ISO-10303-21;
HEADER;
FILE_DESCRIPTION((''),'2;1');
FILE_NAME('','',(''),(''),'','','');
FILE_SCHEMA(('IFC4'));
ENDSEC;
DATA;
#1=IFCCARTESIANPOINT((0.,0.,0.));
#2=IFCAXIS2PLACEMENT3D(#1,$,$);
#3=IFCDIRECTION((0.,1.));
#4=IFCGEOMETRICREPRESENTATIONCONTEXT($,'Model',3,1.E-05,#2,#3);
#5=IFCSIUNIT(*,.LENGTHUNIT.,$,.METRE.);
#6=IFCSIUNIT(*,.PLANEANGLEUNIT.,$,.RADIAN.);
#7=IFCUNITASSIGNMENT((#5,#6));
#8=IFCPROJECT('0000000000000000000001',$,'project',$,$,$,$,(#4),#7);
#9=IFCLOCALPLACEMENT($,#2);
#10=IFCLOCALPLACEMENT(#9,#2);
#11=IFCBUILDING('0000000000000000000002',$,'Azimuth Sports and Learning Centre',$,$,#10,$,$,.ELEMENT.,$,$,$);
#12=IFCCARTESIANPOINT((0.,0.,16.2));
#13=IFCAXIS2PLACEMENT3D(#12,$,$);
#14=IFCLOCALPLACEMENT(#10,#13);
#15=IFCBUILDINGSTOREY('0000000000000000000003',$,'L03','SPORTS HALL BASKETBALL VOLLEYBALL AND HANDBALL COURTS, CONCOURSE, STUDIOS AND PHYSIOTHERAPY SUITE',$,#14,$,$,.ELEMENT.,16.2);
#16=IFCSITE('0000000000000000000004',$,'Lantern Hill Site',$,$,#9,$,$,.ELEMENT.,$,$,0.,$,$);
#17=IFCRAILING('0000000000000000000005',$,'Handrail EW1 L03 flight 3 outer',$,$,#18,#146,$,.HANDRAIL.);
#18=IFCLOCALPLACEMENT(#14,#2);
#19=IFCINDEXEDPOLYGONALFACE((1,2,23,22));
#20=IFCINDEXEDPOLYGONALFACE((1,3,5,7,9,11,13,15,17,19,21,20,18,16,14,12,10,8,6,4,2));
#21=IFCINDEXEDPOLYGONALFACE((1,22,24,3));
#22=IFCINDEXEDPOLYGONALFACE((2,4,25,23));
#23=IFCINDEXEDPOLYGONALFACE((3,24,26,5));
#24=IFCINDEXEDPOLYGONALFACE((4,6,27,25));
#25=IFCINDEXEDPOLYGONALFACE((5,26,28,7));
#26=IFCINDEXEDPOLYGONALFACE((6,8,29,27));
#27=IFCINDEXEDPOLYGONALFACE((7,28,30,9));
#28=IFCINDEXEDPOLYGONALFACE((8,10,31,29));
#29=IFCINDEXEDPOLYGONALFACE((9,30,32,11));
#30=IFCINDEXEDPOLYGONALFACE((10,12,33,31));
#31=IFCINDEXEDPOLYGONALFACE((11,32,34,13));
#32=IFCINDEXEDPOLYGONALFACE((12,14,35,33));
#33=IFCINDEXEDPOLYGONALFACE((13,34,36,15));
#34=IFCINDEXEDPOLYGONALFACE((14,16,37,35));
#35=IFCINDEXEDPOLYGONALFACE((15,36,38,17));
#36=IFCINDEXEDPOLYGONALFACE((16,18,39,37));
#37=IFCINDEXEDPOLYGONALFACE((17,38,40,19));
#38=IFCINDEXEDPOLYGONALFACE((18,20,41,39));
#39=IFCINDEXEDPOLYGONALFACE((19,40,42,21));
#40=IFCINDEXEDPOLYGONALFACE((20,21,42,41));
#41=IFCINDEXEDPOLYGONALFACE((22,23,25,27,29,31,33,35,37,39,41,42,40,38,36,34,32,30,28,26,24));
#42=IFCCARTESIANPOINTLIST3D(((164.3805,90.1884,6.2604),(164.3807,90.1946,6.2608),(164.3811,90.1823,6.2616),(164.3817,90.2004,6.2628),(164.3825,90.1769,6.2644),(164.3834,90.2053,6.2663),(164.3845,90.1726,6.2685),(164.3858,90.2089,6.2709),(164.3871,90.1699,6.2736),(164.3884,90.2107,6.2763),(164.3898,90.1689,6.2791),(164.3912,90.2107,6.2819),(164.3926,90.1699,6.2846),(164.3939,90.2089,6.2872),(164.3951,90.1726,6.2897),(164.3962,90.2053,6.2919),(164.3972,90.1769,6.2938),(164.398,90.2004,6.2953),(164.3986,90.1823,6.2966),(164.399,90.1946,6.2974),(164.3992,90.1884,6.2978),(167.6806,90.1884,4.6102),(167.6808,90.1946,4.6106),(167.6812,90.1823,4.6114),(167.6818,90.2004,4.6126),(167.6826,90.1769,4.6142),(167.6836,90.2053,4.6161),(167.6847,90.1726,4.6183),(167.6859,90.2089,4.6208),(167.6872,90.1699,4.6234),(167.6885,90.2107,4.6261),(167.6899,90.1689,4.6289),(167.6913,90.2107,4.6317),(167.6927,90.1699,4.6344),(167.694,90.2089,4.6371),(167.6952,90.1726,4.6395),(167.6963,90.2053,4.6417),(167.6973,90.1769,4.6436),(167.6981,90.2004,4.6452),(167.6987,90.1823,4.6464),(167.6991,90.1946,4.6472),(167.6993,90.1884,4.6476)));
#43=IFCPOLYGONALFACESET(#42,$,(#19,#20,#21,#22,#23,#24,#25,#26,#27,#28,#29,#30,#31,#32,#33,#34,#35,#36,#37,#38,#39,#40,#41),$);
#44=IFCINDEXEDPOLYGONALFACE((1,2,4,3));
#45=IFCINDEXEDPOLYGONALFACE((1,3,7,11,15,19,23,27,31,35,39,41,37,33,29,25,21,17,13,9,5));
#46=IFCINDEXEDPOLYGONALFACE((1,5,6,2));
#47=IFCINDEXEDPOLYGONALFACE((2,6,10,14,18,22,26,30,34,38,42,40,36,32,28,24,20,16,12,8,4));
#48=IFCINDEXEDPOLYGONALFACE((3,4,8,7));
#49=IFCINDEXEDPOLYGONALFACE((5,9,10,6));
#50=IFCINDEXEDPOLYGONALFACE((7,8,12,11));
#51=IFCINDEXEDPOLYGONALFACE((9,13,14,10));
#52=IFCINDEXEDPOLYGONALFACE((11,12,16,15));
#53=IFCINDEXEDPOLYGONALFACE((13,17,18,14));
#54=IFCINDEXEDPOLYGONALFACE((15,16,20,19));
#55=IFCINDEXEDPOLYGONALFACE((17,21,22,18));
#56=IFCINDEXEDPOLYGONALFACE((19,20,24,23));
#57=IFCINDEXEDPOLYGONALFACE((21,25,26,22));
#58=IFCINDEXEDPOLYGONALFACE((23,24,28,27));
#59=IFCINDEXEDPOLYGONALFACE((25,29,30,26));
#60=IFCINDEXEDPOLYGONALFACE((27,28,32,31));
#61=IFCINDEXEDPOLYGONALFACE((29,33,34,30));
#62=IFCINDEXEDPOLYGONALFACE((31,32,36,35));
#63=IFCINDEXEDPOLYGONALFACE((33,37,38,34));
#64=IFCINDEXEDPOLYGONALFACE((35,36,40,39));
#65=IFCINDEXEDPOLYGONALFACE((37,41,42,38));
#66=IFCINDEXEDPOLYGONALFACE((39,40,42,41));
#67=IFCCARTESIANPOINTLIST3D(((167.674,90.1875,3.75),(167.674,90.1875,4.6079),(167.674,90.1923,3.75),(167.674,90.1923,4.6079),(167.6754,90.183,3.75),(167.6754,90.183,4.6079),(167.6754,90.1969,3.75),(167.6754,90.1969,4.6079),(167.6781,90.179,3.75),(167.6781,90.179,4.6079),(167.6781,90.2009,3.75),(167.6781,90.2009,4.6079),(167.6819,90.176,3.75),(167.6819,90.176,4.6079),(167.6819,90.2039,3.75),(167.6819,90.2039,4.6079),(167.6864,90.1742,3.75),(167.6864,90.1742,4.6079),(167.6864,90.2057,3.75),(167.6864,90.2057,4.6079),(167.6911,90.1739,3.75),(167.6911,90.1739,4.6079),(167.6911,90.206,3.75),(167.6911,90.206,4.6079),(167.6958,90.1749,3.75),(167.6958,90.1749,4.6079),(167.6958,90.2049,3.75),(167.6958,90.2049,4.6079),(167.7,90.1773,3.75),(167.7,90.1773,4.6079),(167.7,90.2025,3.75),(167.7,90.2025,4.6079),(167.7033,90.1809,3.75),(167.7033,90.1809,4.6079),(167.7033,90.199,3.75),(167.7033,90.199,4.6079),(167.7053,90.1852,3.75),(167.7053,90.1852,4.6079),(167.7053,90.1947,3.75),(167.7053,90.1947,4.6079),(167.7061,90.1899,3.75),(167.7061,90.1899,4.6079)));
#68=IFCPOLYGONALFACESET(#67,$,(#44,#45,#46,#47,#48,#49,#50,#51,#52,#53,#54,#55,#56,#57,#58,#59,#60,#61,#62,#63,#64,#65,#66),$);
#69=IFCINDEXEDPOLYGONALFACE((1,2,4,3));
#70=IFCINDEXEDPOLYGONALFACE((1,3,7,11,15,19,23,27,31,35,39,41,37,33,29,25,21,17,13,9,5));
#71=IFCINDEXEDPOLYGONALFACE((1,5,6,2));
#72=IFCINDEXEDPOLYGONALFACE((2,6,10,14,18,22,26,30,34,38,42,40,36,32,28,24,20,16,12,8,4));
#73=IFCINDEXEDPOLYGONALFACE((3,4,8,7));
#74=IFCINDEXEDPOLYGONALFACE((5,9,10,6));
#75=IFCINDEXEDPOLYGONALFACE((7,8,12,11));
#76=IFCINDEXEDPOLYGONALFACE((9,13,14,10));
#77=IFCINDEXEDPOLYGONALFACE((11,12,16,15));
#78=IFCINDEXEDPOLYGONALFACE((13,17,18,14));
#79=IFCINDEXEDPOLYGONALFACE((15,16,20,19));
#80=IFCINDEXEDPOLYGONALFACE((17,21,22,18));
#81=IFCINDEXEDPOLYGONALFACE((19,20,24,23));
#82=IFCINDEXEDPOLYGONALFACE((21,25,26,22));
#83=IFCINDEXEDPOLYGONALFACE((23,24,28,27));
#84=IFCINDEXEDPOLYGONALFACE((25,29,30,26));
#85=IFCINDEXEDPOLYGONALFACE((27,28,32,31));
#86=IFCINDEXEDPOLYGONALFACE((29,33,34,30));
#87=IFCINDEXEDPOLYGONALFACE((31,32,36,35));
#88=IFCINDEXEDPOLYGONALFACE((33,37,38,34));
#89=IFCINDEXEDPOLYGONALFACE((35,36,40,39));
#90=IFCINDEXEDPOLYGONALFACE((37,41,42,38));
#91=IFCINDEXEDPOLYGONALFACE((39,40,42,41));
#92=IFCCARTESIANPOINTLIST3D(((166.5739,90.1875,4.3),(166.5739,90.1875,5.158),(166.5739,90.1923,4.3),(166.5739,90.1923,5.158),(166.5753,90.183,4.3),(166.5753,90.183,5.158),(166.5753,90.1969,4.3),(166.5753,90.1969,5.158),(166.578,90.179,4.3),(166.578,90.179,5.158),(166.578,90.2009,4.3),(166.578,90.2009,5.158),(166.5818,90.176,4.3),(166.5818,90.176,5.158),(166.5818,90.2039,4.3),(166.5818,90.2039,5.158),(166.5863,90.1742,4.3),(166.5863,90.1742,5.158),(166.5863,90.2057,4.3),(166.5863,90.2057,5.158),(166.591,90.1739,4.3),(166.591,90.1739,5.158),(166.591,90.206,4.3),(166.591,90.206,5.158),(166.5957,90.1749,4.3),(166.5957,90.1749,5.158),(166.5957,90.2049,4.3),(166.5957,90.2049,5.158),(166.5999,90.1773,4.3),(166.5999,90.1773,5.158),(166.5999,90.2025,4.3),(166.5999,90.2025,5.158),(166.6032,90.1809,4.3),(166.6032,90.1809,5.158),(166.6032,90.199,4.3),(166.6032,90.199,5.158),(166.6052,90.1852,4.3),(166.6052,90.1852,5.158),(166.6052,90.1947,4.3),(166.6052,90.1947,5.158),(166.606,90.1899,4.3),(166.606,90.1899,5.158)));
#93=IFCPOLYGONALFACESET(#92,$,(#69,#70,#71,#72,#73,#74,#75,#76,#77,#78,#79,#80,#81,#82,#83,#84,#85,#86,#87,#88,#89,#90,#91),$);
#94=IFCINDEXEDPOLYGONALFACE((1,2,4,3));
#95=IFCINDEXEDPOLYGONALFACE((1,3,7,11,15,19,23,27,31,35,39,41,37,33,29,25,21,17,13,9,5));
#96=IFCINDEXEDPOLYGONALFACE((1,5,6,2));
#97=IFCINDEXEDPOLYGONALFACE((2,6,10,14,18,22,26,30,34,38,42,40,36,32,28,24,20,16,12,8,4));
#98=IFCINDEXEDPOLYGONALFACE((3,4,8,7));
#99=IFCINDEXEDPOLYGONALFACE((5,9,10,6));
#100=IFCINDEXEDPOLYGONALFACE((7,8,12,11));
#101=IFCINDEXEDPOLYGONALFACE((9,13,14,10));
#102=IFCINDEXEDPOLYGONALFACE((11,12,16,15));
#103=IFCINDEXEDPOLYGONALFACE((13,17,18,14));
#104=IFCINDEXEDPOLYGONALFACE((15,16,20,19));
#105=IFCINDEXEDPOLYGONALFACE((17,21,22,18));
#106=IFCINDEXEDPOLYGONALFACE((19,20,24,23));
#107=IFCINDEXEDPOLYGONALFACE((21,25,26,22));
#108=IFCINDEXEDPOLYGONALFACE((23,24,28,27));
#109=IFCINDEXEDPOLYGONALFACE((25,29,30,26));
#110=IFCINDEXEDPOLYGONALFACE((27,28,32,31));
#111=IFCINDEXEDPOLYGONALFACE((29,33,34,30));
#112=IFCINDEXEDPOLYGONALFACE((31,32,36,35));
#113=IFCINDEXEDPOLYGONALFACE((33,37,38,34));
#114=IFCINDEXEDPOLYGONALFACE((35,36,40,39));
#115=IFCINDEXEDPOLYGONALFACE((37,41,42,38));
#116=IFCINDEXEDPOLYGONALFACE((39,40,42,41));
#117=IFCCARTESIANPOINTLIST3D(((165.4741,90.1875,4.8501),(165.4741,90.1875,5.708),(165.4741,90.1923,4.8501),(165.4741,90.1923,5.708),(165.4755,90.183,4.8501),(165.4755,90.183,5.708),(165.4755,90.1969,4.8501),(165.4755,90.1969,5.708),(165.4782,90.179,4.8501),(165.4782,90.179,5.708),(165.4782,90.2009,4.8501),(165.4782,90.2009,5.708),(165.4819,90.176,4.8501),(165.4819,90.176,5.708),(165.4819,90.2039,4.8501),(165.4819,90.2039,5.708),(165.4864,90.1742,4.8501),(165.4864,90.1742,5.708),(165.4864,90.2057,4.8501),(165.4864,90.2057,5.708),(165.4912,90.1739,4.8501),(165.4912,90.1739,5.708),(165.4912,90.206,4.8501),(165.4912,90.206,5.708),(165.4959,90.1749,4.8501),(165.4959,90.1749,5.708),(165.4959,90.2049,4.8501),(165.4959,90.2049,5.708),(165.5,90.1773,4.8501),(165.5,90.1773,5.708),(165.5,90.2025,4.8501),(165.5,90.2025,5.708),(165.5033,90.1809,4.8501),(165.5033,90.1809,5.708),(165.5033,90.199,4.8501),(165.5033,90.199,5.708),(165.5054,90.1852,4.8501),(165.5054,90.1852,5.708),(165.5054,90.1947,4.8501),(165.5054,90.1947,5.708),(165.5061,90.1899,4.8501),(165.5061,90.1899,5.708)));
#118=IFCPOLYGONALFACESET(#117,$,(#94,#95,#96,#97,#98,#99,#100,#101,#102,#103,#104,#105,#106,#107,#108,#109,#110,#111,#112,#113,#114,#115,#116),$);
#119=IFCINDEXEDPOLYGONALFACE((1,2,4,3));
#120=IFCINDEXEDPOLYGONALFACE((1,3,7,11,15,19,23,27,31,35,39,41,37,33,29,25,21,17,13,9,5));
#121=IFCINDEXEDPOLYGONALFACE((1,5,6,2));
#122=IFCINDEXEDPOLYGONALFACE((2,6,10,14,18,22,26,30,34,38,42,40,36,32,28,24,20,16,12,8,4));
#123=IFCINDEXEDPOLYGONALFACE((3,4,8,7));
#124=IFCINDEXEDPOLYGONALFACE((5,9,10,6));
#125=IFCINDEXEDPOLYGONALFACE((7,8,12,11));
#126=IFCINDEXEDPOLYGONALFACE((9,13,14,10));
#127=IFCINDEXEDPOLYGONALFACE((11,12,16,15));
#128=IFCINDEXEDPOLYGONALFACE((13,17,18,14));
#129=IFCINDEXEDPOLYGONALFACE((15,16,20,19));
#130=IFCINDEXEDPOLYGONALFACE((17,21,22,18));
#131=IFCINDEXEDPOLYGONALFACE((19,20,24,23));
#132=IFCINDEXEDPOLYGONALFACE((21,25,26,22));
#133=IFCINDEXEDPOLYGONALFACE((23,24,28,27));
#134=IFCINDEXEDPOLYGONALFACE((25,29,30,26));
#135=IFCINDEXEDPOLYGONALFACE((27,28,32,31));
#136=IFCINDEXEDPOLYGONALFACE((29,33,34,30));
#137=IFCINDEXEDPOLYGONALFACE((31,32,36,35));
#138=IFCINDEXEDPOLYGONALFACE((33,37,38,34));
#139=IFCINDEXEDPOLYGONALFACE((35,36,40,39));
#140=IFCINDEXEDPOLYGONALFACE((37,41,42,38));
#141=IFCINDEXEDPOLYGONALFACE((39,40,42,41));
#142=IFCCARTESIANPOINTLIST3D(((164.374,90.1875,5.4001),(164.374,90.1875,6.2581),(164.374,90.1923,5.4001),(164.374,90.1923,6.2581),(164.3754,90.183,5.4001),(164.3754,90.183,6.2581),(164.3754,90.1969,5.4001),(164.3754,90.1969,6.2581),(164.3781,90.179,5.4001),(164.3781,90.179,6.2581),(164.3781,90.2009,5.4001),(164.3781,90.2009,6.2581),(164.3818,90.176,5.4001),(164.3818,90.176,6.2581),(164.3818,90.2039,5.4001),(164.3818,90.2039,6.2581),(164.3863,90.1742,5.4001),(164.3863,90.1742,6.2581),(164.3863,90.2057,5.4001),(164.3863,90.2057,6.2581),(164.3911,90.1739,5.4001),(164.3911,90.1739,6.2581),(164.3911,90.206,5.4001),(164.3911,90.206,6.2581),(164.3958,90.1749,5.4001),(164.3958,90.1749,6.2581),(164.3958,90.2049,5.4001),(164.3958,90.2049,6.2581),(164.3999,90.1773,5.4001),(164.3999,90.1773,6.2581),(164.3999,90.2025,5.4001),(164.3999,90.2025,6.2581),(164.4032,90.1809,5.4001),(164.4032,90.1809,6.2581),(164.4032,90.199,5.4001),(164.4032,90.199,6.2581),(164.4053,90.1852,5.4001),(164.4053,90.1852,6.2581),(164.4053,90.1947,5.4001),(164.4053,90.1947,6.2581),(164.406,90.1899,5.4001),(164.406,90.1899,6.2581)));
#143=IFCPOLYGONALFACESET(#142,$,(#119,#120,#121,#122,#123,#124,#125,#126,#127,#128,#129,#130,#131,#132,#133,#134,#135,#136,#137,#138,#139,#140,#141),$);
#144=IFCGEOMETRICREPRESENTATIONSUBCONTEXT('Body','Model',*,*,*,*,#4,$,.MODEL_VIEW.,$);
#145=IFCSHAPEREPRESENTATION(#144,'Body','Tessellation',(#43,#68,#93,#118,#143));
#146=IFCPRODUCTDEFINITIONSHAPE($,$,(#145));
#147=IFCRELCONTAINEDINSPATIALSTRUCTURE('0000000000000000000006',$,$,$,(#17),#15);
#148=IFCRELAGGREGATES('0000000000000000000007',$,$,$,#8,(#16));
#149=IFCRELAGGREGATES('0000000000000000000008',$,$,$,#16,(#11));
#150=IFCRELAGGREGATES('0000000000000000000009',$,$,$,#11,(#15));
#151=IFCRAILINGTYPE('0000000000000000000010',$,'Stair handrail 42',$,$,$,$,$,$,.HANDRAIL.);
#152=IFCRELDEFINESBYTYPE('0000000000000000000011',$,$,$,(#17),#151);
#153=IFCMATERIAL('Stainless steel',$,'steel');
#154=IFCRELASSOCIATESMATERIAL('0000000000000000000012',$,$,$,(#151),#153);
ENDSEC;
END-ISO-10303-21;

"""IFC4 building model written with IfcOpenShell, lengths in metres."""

from ifc_helpers import new_model, si_unit, direction, frame, origin, origin_2d, place, context, subcontext, project, spatial, circle, extrude, material, type_object, element, save


model = new_model("IFC4")

# Units and contexts
model_context = context("Model", 3, precision=1e-05, world=origin(), true_north=direction((0.0, 1.0)))
body_context = subcontext(model_context, "Body", "Model", "MODEL_VIEW")
ifc_project = project(units=[si_unit("LENGTHUNIT", "METRE"), si_unit("PLANEANGLEUNIT", "RADIAN")], contexts=[model_context])

# Site, building, storey
site_placement = place(None, origin())
site = spatial("IfcSite", under=ifc_project, at=site_placement, Name="Lantern Hill Site", CompositionType="ELEMENT", RefElevation=0.0)
building_placement = place(site_placement, origin())
building = spatial("IfcBuilding", under=site, at=building_placement, Name="Azimuth Sports and Learning Centre", CompositionType="ELEMENT")
storey_placement = place(building_placement, frame((0.0, 0.0, 16.2)))
storey = spatial("IfcBuildingStorey", under=building, at=storey_placement, Name="L03", Description="SPORTS HALL BASKETBALL VOLLEYBALL AND HANDBALL COURTS, CONCOURSE, STUDIOS AND PHYSIOTHERAPY SUITE", CompositionType="ELEMENT", Elevation=16.2)

# Railing
ifc_material_1 = material(Name="Stainless steel", Category="steel")
railing_type = type_object("IfcRailingType", Name="Stair handrail 42", PredefinedType="HANDRAIL", material=ifc_material_1)
for number, where, name in (
    (1, (167.6899, 90.1899, 3.75), "Handrail EW1 L03 flight 3 outer"),
):
    element("IfcRailing", number, at=place(storey_placement, frame(where)), inside=storey, type_object=railing_type, Name=name, PredefinedType="HANDRAIL", context=body_context, shape_type="SweptSolid", body=[
        extrude(circle(Radius=0.021, at=origin_2d()), frame((0.0, 0.0, 0.8789), z_axis=(-0.894414, 0.0, 0.44724), x_axis=(0.0, -1.0, 0.0)), (0.0, 0.0, 1.0), 3.6897),
        extrude(circle(Radius=0.0161, at=origin_2d()), origin(), (0.0, 0.0, 1.0), 0.8579),
        extrude(circle(Radius=0.0161, at=origin_2d()), frame((-1.1001, 0.0, 0.55)), (0.0, 0.0, 1.0), 0.8579),
        extrude(circle(Radius=0.0161, at=origin_2d()), frame((-2.2, 0.0, 1.1001)), (0.0, 0.0, 1.0), 0.8579),
        extrude(circle(Radius=0.0161, at=origin_2d()), frame((-3.3, 0.0, 1.6501)), (0.0, 0.0, 1.0), 0.8579),
    ])

save(model, "model.ifc")
